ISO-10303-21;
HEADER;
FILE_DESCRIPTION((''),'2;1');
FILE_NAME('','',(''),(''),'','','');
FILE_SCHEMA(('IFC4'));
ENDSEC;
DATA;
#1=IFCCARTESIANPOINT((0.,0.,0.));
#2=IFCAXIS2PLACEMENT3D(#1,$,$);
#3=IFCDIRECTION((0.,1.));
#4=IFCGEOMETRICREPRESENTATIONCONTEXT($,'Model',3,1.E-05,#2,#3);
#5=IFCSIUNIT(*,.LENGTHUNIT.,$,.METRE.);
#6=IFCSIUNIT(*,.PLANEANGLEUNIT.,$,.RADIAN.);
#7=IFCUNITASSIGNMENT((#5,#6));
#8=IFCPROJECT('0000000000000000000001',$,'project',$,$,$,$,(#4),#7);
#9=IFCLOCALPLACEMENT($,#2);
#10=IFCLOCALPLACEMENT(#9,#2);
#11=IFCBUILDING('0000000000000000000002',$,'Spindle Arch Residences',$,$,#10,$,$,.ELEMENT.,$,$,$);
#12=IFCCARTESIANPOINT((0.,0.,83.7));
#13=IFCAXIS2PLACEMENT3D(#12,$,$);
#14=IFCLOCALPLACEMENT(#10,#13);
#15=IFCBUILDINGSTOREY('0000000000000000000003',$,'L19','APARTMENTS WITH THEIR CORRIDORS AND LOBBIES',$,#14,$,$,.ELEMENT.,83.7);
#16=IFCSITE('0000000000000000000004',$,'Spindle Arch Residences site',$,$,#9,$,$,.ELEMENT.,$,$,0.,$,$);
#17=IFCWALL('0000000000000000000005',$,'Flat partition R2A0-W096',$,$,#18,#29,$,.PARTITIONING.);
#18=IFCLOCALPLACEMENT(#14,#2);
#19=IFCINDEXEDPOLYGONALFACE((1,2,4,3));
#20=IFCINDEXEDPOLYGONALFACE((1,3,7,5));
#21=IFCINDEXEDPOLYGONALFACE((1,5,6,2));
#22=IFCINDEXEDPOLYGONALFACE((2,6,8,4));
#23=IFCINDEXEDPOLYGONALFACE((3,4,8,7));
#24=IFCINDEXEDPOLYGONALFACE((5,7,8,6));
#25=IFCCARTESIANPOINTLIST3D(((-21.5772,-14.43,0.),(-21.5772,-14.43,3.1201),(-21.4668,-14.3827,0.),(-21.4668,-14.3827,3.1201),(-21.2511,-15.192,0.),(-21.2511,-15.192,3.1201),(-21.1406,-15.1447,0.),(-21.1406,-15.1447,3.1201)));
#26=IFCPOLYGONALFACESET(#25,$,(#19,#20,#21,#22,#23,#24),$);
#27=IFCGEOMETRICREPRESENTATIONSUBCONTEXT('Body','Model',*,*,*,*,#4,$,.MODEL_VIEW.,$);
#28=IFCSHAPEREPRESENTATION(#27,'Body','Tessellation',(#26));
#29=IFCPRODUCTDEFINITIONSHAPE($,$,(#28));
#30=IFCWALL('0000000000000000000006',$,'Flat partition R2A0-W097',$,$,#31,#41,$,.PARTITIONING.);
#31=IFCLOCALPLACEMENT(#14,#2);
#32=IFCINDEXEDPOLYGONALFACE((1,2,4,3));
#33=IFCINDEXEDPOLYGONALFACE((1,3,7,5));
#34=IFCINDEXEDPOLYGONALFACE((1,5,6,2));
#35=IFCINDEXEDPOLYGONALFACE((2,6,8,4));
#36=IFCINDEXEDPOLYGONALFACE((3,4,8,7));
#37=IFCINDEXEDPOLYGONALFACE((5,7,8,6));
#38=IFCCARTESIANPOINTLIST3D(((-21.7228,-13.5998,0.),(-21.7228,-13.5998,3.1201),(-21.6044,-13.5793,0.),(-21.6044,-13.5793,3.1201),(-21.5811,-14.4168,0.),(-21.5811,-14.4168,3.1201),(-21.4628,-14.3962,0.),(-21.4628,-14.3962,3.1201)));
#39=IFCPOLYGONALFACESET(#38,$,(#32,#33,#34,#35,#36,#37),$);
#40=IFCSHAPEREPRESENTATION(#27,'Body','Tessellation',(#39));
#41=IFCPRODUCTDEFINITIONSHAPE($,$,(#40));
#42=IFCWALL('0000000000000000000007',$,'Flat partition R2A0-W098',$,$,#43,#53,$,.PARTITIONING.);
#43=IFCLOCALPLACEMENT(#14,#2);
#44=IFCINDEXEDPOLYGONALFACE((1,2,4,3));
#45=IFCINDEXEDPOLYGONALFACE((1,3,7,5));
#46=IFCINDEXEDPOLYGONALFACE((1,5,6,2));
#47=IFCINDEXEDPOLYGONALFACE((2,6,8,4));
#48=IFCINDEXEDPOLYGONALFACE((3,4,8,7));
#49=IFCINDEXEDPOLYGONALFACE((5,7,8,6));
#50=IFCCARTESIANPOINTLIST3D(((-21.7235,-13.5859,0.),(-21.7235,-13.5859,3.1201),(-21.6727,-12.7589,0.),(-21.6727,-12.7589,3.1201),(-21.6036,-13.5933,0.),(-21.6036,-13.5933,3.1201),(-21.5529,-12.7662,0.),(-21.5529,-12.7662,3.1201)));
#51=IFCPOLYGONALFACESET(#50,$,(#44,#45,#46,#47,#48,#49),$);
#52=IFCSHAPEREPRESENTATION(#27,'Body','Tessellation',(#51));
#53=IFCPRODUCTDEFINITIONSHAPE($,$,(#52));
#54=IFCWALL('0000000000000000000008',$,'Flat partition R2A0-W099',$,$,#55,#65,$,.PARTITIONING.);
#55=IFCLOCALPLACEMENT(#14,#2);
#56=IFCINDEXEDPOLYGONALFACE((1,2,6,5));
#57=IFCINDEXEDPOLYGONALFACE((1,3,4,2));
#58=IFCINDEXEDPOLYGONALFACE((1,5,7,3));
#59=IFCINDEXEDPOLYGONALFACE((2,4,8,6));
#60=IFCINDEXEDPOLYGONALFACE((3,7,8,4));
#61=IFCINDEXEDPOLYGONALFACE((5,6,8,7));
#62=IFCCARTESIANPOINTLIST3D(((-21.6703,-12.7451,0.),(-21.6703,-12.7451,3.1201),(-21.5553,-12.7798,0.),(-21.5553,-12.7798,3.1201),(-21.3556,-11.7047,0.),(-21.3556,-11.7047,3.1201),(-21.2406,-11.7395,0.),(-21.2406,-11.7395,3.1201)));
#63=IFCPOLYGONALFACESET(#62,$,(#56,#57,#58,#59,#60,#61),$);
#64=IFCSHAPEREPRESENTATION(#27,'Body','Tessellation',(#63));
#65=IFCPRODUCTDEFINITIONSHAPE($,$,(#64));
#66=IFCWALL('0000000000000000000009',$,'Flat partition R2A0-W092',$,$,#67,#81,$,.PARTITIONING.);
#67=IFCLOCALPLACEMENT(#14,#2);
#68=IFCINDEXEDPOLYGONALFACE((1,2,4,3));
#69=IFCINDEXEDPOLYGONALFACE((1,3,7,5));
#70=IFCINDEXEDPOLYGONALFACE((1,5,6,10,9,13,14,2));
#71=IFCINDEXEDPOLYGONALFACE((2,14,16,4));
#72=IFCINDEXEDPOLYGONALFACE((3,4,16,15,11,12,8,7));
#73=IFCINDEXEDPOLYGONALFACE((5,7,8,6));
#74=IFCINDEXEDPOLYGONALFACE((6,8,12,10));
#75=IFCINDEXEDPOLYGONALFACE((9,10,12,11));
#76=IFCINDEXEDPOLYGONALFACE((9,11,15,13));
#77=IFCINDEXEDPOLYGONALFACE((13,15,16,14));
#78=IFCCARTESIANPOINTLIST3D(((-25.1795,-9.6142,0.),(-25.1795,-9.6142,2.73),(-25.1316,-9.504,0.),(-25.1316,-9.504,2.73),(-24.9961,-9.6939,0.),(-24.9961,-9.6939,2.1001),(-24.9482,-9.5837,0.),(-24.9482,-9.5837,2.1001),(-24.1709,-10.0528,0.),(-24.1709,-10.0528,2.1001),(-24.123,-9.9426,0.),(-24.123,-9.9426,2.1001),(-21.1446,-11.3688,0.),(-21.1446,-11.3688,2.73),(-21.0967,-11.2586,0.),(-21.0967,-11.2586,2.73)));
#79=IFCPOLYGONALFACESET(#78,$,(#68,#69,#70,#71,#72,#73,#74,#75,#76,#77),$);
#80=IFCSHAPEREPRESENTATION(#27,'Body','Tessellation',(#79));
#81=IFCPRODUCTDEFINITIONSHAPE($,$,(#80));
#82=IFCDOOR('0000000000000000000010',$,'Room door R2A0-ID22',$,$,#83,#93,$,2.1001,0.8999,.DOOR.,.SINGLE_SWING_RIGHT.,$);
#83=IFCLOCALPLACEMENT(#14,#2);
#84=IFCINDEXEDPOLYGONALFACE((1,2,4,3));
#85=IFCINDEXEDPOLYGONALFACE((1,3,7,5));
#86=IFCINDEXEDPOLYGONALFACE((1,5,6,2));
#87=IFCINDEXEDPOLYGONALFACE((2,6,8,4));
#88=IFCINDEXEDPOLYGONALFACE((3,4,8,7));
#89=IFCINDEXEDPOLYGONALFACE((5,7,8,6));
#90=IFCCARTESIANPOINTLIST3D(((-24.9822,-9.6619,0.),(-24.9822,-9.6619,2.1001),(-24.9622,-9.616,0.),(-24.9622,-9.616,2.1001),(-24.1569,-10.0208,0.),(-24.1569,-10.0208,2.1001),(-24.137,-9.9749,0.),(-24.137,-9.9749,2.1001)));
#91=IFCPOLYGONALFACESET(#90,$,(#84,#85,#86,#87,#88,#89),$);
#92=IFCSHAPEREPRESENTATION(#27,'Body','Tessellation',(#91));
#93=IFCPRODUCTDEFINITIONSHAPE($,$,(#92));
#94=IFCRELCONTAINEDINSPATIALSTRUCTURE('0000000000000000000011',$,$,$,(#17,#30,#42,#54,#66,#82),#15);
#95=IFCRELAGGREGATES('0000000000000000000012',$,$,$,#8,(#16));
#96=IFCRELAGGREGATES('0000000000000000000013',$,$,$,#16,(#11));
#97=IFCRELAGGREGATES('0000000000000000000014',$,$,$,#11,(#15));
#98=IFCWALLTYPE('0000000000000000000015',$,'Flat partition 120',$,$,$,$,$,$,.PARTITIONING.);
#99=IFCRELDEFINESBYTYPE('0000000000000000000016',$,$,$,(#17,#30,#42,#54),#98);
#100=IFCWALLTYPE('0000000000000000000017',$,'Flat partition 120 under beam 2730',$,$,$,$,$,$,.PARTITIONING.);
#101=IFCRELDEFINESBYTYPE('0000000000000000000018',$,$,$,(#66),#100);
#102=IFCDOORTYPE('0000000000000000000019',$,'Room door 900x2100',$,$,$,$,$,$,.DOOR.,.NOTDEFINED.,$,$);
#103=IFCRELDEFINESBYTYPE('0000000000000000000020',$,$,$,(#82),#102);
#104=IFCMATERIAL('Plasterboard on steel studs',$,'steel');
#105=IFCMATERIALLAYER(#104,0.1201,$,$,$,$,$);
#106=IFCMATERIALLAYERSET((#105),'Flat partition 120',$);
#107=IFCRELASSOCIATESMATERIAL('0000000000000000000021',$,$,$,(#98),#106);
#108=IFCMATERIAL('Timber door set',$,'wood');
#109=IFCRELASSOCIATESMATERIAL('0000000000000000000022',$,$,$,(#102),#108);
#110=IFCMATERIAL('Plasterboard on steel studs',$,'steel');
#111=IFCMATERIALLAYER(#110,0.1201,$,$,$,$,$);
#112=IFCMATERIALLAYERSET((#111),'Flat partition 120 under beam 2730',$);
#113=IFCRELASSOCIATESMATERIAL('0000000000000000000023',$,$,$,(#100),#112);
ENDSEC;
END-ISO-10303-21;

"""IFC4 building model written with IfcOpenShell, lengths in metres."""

from ifc_helpers import new_model, si_unit, direction, frame, frame_2d, origin, place, context, subcontext, project, spatial, rectangle, extrude, material, layer, layer_set, type_object, element, fill, save


model = new_model("IFC4")

# Units and contexts
model_context = context("Model", 3, precision=1e-05, world=origin(), true_north=direction((0.0, 1.0)))
body_context = subcontext(model_context, "Body", "Model", "MODEL_VIEW")
ifc_project = project(units=[si_unit("LENGTHUNIT", "METRE"), si_unit("PLANEANGLEUNIT", "RADIAN")], contexts=[model_context])

# Site, building, storey
site_placement = place(None, origin())
site = spatial("IfcSite", under=ifc_project, at=site_placement, Name="Spindle Arch Residences site", CompositionType="ELEMENT", RefElevation=0.0)
building_placement = place(site_placement, origin())
building = spatial("IfcBuilding", under=site, at=building_placement, Name="Spindle Arch Residences", CompositionType="ELEMENT")
storey_placement = place(building_placement, frame((0.0, 0.0, 83.7)))
storey = spatial("IfcBuildingStorey", under=building, at=storey_placement, Name="L19", Description="APARTMENTS WITH THEIR CORRIDORS AND LOBBIES", CompositionType="ELEMENT", Elevation=83.7)

# Shared definitions
ifc_material_1 = material(Name="Plasterboard on steel studs", Category="steel")
ifc_layer_1 = layer(ifc_material_1, 0.1201)
ifc_layer_set_1 = layer_set([ifc_layer_1], Name="Flat partition 120")
wall_type_1 = type_object("IfcWallType", Name="Flat partition 120", PredefinedType="PARTITIONING", material=ifc_layer_set_1)

# Shared definitions
ifc_material_2 = material(Name="Timber door set", Category="wood")
door_type_1 = type_object("IfcDoorType", Name="Room door 900x2100", OperationType="NOTDEFINED", PredefinedType="DOOR", material=ifc_material_2)

# Walls
wall_1_placement = place(storey_placement, frame((-21.1958, -15.1685, 0.0), z_axis=(0.0, 0.0, 1.0), x_axis=(-0.393528, 0.919313, 0.0)))
element("IfcWall", 1, at=wall_1_placement, inside=storey, type_object=wall_type_1, Name="Flat partition R2A0-W096", PredefinedType="PARTITIONING", context=body_context, shape_type="SweptSolid", body=[
    extrude(rectangle(XDim=0.8289, YDim=0.1201, at=frame_2d((0.4146, 0.0))), origin(), (0.0, 0.0, 1.0), 3.1201),
])
wall_2_placement = place(storey_placement, frame((-21.522, -14.4065, 0.0), z_axis=(0.0, 0.0, 1.0), x_axis=(-0.170794, 0.985307, 0.0)))
element("IfcWall", 2, at=wall_2_placement, inside=storey, type_object=wall_type_1, Name="Flat partition R2A0-W097", PredefinedType="PARTITIONING", context=body_context, shape_type="SweptSolid", body=[
    extrude(rectangle(XDim=0.8291, YDim=0.1201, at=frame_2d((0.4146, 0.0))), origin(), (0.0, 0.0, 1.0), 3.1201),
])
wall_3_placement = place(storey_placement, frame((-21.6636, -13.5896, 0.0), z_axis=(0.0, 0.0, 1.0), x_axis=(0.061278, 0.998121, 0.0)))
element("IfcWall", 3, at=wall_3_placement, inside=storey, type_object=wall_type_1, Name="Flat partition R2A0-W098", PredefinedType="PARTITIONING", context=body_context, shape_type="SweptSolid", body=[
    extrude(rectangle(XDim=0.8286, YDim=0.1201, at=frame_2d((0.4143, 0.0))), origin(), (0.0, 0.0, 1.0), 3.1201),
])
wall_4_placement = place(storey_placement, frame((-21.6128, -12.7625, 0.0), z_axis=(0.0, 0.0, 1.0), x_axis=(0.289552, 0.957162, 0.0)))
element("IfcWall", 4, at=wall_4_placement, inside=storey, type_object=wall_type_1, Name="Flat partition R2A0-W099", PredefinedType="PARTITIONING", context=body_context, shape_type="SweptSolid", body=[
    extrude(rectangle(XDim=1.0869, YDim=0.1201, at=frame_2d((0.5435, 0.0))), origin(), (0.0, 0.0, 1.0), 3.1201),
])

# Wall, opening, door
ifc_material_3 = material(Name="Plasterboard on steel studs", Category="steel")
ifc_layer_2 = layer(ifc_material_3, 0.1201)
ifc_layer_set_2 = layer_set([ifc_layer_2], Name="Flat partition 120 under beam 2730")
wall_type_2 = type_object("IfcWallType", Name="Flat partition 120 under beam 2730", PredefinedType="PARTITIONING", material=ifc_layer_set_2)
wall_5_placement = place(storey_placement, frame((-25.1555, -9.5591, 0.0), z_axis=(0.0, 0.0, 1.0), x_axis=(0.917043, -0.398789, 0.0)))
wall_5 = element("IfcWall", 5, at=wall_5_placement, inside=storey, type_object=wall_type_2, Name="Flat partition R2A0-W092", PredefinedType="PARTITIONING", context=body_context, shape_type="SweptSolid", body=[
    extrude(rectangle(XDim=4.3999, YDim=0.1201, at=frame_2d((2.2, 0.0))), origin(), (0.0, 0.0, 1.0), 2.73),
])
opening_1_placement = place(wall_5_placement, frame((0.2, 0.0, 0.0)))
opening_1 = element("IfcOpeningElement", 6, at=opening_1_placement, cuts=wall_5, PredefinedType="OPENING", context=body_context, shape_type="SweptSolid", body=[
    extrude(rectangle(XDim=0.8999, YDim=2.1001, at=frame_2d((0.45, 1.05))), frame((0.0, 0.0701, 0.0), z_axis=(0.0, -1.0, 0.0), x_axis=(1.0, 0.0, 0.0)), (0.0, 0.0, 1.0), 0.1401),
])
door_1_placement = place(opening_1_placement, origin())
door_1 = element("IfcDoor", 7, at=door_1_placement, inside=storey, type_object=door_type_1, Name="Room door R2A0-ID22", OperationType="SINGLE_SWING_RIGHT", OverallHeight=2.1001, OverallWidth=0.8999, PredefinedType="DOOR", context=body_context, shape_type="SweptSolid", body=[
    extrude(rectangle(XDim=0.8999, YDim=2.1001, at=frame_2d((0.45, 1.05))), frame((0.0, 0.0249, 0.0), z_axis=(0.0, -1.0, 0.0), x_axis=(1.0, 0.0, 0.0)), (0.0, 0.0, 1.0), 0.05),
])
fill(opening_1, door_1)

save(model, "model.ifc")
